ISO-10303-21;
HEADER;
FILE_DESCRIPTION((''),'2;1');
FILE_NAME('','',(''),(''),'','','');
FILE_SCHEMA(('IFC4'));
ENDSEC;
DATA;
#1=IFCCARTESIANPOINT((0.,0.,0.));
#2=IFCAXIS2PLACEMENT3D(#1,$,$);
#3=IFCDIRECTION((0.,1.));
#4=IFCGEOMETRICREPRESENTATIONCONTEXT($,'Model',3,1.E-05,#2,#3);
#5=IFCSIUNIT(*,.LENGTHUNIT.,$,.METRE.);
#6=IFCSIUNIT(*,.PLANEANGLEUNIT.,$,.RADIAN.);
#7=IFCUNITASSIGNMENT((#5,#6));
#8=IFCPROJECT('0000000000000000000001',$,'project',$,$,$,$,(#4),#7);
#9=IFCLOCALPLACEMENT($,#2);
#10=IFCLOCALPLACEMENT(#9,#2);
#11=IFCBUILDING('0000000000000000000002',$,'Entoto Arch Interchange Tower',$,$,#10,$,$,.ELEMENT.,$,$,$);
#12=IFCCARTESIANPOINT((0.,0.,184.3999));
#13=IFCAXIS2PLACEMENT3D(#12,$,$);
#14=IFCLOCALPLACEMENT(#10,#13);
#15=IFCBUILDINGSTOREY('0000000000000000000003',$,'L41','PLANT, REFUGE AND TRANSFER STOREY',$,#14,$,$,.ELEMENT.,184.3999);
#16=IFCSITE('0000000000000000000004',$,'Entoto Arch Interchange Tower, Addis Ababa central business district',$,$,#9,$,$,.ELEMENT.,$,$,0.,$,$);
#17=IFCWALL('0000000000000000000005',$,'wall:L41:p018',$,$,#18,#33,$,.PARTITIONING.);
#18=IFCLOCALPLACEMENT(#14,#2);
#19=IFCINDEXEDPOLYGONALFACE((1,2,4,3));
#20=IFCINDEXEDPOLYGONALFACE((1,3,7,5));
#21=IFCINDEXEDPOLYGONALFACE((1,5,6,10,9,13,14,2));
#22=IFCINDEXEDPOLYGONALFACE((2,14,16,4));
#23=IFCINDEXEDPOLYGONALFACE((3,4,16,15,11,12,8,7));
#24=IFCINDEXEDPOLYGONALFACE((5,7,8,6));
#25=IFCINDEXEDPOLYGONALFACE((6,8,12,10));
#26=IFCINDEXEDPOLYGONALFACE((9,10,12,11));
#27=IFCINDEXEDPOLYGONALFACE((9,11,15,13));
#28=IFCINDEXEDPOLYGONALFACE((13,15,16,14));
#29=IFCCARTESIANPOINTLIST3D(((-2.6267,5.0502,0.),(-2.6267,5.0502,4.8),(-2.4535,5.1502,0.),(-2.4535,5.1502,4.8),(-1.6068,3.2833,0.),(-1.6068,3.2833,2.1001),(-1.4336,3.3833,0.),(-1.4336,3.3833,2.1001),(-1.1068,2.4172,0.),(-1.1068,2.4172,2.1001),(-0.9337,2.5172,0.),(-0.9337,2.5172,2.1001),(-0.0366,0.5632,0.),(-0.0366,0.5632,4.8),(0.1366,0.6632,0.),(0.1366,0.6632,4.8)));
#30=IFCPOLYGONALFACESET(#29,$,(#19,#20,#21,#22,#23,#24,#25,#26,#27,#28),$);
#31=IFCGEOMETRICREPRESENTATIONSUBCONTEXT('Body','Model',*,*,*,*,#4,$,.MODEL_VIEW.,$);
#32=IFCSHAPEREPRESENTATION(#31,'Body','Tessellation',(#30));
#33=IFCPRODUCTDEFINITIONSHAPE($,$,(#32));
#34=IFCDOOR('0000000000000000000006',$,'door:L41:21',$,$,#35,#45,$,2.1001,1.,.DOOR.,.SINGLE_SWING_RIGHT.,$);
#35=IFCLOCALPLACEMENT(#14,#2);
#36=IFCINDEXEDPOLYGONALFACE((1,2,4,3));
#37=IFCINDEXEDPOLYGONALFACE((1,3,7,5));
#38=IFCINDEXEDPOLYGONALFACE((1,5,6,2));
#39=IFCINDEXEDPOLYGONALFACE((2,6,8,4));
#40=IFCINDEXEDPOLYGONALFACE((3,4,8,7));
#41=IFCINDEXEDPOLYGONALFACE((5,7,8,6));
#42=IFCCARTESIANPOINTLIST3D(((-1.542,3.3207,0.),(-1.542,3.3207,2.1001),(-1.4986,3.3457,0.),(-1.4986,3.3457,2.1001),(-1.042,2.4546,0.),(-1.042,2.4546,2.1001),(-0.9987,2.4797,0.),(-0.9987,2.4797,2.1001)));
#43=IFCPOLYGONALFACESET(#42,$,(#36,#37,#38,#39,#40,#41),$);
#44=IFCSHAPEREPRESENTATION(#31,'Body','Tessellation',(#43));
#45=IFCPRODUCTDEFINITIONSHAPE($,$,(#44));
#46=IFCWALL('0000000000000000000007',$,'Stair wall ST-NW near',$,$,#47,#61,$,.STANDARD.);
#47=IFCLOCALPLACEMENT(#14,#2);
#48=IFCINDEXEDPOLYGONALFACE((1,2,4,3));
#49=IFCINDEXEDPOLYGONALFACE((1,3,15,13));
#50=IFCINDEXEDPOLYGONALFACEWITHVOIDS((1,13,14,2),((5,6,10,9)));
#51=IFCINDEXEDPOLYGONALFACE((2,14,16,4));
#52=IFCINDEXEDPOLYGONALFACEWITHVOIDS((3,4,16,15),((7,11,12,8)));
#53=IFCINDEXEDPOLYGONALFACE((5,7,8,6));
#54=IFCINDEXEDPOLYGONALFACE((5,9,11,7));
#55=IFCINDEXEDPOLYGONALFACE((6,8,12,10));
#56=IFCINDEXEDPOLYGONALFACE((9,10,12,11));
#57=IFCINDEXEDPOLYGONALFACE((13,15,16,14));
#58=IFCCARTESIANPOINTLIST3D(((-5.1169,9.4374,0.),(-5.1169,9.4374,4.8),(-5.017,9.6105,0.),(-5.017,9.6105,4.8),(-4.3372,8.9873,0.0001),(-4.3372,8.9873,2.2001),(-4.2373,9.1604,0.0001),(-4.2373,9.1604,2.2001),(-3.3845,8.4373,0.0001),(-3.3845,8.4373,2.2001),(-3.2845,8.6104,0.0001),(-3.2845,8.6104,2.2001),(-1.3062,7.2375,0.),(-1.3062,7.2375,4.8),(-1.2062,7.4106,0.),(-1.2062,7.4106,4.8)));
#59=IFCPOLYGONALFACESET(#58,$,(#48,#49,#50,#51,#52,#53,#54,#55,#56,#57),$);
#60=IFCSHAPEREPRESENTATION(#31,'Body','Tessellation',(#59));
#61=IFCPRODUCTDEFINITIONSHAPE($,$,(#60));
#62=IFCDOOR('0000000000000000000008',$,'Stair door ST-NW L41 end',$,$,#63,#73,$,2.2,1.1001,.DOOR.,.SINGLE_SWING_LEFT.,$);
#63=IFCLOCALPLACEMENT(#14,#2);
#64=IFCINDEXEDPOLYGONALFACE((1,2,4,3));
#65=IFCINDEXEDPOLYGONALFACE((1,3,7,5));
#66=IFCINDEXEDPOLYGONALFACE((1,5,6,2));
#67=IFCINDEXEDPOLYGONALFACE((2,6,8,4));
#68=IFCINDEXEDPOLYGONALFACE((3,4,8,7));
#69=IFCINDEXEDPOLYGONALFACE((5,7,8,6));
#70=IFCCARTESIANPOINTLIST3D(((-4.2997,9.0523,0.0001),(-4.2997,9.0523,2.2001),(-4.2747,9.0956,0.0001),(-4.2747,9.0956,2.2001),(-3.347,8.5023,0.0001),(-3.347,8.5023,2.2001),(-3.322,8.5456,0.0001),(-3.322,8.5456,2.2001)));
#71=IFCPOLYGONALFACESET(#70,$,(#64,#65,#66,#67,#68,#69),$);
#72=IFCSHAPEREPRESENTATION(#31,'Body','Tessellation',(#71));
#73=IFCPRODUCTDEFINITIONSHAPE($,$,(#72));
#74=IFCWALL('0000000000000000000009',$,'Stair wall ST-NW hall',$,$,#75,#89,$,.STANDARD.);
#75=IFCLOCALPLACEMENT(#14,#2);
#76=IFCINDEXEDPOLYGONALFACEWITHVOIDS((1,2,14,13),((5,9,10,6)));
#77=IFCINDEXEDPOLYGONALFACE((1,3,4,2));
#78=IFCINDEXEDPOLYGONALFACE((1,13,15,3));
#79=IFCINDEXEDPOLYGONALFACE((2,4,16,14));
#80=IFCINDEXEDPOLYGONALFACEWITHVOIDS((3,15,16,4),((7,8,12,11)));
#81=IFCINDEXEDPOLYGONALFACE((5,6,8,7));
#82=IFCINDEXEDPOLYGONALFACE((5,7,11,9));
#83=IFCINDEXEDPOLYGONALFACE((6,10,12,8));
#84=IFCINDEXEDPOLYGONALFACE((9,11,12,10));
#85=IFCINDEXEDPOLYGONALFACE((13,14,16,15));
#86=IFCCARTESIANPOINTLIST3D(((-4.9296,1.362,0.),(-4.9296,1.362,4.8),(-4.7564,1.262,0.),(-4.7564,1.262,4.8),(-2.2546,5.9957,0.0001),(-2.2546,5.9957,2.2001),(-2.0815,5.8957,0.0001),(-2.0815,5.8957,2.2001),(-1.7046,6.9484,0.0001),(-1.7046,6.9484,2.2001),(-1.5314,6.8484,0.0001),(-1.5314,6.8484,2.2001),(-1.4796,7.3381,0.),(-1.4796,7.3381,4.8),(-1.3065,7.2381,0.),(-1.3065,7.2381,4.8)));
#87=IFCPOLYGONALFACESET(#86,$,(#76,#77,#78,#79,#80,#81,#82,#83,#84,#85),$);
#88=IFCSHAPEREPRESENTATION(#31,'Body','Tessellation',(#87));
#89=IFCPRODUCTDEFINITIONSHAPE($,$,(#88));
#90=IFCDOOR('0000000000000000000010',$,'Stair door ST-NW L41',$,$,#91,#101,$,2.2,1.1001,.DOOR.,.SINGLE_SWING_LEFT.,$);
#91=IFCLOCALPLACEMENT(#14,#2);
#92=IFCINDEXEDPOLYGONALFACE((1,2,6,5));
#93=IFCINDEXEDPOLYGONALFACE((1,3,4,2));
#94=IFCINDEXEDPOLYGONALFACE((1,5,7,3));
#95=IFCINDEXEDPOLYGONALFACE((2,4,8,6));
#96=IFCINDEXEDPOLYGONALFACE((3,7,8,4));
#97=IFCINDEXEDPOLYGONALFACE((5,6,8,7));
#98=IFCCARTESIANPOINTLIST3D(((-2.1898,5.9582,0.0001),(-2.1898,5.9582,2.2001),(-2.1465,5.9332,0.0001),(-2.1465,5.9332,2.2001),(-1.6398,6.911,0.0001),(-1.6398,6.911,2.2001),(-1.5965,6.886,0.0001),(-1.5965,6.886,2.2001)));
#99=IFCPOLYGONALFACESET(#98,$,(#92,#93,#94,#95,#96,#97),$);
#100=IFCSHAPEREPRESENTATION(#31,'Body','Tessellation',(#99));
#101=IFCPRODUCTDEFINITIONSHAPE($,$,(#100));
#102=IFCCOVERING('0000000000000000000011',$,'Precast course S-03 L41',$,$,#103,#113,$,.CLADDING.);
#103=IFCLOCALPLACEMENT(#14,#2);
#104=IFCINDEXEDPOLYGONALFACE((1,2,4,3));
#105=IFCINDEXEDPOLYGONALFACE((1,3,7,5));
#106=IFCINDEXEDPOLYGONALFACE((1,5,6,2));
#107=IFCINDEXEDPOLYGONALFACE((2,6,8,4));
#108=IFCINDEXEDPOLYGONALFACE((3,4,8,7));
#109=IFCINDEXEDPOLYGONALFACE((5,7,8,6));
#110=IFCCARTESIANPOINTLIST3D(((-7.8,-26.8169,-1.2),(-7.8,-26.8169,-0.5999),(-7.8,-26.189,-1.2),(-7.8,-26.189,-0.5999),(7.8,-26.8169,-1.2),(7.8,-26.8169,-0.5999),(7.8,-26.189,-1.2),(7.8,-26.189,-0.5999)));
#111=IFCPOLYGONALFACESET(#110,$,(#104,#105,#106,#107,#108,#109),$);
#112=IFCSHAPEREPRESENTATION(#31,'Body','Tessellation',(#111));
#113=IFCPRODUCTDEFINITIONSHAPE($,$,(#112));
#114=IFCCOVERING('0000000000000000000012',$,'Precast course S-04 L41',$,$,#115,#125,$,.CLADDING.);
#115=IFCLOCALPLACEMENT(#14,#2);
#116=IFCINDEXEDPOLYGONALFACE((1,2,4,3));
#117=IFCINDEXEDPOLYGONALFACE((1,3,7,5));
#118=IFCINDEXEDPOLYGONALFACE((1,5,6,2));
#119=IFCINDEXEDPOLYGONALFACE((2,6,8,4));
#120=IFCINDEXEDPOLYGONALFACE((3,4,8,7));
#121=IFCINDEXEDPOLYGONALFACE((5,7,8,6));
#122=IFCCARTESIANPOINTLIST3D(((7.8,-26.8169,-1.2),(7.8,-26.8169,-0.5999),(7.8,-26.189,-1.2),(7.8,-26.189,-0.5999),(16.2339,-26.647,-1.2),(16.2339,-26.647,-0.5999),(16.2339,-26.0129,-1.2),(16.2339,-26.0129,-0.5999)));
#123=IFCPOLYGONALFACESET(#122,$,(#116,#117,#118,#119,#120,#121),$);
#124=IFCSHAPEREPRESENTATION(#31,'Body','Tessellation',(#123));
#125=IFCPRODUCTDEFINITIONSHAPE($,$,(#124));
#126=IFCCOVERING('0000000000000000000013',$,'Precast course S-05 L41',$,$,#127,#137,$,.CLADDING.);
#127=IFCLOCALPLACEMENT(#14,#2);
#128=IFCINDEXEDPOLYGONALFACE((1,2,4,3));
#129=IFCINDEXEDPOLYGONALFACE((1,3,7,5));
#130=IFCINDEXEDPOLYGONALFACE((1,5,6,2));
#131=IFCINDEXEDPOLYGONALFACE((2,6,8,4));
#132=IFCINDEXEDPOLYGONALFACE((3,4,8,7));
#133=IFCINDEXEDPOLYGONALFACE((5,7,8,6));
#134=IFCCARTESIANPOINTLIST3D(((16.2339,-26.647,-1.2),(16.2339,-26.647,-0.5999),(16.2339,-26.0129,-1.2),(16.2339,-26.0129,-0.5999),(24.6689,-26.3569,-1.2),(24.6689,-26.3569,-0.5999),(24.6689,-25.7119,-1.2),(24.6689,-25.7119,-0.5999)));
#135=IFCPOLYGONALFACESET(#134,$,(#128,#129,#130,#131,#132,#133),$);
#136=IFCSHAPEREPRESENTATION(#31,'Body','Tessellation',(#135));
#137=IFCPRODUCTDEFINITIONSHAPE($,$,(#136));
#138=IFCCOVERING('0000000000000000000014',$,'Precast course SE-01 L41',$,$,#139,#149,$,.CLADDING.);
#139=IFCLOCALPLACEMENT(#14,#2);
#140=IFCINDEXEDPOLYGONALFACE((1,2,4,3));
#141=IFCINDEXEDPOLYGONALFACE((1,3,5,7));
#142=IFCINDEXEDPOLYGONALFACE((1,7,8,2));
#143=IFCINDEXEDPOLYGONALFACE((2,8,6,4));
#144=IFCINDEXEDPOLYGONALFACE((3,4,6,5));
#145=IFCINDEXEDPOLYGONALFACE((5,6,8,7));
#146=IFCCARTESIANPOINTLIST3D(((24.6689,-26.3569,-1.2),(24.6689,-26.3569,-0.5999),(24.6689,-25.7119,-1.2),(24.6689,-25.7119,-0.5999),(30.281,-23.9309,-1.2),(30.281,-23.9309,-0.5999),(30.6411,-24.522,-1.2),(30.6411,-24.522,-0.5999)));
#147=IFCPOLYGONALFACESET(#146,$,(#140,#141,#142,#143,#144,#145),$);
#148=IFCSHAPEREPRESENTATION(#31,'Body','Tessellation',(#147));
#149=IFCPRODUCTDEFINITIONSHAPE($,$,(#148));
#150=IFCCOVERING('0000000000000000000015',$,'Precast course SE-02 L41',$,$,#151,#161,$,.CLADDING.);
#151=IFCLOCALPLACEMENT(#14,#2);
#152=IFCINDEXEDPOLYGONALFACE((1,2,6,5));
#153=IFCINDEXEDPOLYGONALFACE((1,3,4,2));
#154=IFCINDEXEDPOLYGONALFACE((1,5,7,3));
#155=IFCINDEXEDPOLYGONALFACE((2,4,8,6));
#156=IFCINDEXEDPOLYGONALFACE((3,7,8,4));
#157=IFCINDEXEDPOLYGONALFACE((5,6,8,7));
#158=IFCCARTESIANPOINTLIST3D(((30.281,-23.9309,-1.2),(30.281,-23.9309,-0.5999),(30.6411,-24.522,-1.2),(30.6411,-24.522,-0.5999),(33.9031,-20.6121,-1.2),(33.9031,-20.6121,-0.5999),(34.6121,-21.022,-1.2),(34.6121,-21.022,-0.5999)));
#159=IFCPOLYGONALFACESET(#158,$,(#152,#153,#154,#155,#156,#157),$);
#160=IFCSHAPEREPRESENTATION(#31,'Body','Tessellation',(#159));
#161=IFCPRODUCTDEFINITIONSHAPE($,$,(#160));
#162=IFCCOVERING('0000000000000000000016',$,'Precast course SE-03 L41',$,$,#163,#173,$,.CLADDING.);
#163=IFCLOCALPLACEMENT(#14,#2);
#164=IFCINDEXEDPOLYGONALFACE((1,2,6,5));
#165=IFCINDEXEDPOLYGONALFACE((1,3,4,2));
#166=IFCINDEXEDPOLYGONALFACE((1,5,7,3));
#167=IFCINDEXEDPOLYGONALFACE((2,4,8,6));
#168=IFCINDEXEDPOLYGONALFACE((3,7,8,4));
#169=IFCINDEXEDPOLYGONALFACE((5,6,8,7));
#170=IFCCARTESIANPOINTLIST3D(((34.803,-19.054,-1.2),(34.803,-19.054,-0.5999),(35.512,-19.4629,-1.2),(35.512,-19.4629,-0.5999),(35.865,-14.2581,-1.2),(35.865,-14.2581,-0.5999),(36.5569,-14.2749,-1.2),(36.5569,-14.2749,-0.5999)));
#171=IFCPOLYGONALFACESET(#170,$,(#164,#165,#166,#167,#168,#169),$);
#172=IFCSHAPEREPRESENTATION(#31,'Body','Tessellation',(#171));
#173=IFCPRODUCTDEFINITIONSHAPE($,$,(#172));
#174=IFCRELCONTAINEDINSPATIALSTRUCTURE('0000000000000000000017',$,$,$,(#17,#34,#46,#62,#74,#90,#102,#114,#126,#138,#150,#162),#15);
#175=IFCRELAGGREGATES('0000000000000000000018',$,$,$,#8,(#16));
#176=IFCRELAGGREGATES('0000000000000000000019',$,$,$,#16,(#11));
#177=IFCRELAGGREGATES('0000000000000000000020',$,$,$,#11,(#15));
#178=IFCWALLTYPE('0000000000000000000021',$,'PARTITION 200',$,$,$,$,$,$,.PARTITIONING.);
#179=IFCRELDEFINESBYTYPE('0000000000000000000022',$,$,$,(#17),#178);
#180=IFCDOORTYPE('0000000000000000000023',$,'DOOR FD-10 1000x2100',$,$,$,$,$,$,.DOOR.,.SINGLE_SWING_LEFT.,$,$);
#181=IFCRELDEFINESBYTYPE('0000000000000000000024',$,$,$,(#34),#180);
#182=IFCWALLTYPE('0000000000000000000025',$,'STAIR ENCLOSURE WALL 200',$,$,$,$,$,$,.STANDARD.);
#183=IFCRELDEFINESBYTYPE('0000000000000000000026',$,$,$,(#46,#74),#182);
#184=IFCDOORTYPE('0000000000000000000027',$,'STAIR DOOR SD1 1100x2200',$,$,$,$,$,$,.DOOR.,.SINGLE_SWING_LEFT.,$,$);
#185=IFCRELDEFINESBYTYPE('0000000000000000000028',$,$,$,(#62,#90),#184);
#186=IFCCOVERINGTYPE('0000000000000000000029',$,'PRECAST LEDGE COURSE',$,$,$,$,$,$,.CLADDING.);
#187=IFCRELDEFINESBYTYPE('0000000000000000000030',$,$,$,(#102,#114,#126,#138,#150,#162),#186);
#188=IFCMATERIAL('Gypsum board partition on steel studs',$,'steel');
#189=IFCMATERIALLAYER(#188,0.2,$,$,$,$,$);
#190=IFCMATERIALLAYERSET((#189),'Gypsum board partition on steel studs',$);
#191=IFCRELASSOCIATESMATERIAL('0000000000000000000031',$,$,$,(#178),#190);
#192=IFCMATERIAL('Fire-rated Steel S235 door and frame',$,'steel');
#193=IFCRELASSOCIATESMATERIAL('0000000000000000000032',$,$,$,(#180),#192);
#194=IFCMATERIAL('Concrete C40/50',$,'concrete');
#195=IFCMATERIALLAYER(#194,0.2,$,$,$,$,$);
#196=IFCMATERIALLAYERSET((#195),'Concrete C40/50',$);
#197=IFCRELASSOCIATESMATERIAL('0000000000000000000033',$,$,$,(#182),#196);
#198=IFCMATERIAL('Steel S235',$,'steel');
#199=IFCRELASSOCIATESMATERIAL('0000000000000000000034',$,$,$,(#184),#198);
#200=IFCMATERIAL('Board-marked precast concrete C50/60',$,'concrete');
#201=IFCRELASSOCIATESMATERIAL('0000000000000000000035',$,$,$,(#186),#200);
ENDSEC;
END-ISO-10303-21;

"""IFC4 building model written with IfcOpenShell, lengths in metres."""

from ifc_helpers import new_model, si_unit, direction, frame, frame_2d, origin, place, context, subcontext, project, spatial, polyline, rectangle, outline, extrude, material, layer, layer_set, type_object, element, fill, save


model = new_model("IFC4")

# Units and contexts
model_context = context("Model", 3, precision=1e-05, world=origin(), true_north=direction((0.0, 1.0)))
body_context = subcontext(model_context, "Body", "Model", "MODEL_VIEW")
ifc_project = project(units=[si_unit("LENGTHUNIT", "METRE"), si_unit("PLANEANGLEUNIT", "RADIAN")], contexts=[model_context])

# Site, building, storey
site_placement = place(None, origin())
site = spatial("IfcSite", under=ifc_project, at=site_placement, Name="Entoto Arch Interchange Tower, Addis Ababa central business district", CompositionType="ELEMENT", RefElevation=0.0)
building_placement = place(site_placement, origin())
building = spatial("IfcBuilding", under=site, at=building_placement, Name="Entoto Arch Interchange Tower", CompositionType="ELEMENT")
storey_placement = place(building_placement, frame((0.0, 0.0, 184.3999)))
storey = spatial("IfcBuildingStorey", under=building, at=storey_placement, Name="L41", Description="PLANT, REFUGE AND TRANSFER STOREY", CompositionType="ELEMENT", Elevation=184.3999)

# Walls, openings, doors
ifc_material_1 = material(Name="Gypsum board partition on steel studs", Category="steel")
ifc_layer_1 = layer(ifc_material_1, 0.2)
ifc_layer_set_1 = layer_set([ifc_layer_1], Name="Gypsum board partition on steel studs")
wall_type_1 = type_object("IfcWallType", Name="PARTITION 200", PredefinedType="PARTITIONING", material=ifc_layer_set_1)
wall_1_placement = place(storey_placement, frame((-2.54, 5.1001, 0.0), z_axis=(0.0, 0.0, 1.0), x_axis=(0.499925, -0.866069, 0.0)))
wall_1 = element("IfcWall", 1, at=wall_1_placement, inside=storey, type_object=wall_type_1, Name="wall:L41:p018", PredefinedType="PARTITIONING", context=body_context, shape_type="SweptSolid", body=[
    extrude(rectangle(XDim=5.1809, YDim=0.2, at=frame_2d((2.5903, 0.0))), origin(), (0.0, 0.0, 1.0), 4.8),
])
opening_1_placement = place(wall_1_placement, frame((2.04, 0.0, 0.0)))
opening_1 = element("IfcOpeningElement", 2, at=opening_1_placement, cuts=wall_1, PredefinedType="OPENING", context=body_context, shape_type="SweptSolid", body=[
    extrude(rectangle(XDim=1.0, YDim=2.1001, at=frame_2d((0.5, 1.05))), frame((0.0, 0.1099, 0.0), z_axis=(0.0, -1.0, 0.0), x_axis=(1.0, 0.0, 0.0)), (0.0, 0.0, 1.0), 0.22),
])
ifc_material_2 = material(Name="Fire-rated Steel S235 door and frame", Category="steel")
door_type_1 = type_object("IfcDoorType", Name="DOOR FD-10 1000x2100", OperationType="SINGLE_SWING_LEFT", PredefinedType="DOOR", material=ifc_material_2)
door_1_placement = place(opening_1_placement, origin())
door_1 = element("IfcDoor", 3, at=door_1_placement, inside=storey, type_object=door_type_1, Name="door:L41:21", OperationType="SINGLE_SWING_RIGHT", OverallHeight=2.1001, OverallWidth=1.0, PredefinedType="DOOR", context=body_context, shape_type="SweptSolid", body=[
    extrude(rectangle(XDim=1.0, YDim=2.1001, at=frame_2d((0.5, 1.05))), frame((0.0, 0.0249, 0.0), z_axis=(0.0, -1.0, 0.0), x_axis=(1.0, 0.0, 0.0)), (0.0, 0.0, 1.0), 0.05),
])
fill(opening_1, door_1)
ifc_material_3 = material(Name="Concrete C40/50", Category="concrete")
ifc_layer_2 = layer(ifc_material_3, 0.2)
ifc_layer_set_2 = layer_set([ifc_layer_2], Name="Concrete C40/50")
wall_type_2 = type_object("IfcWallType", Name="STAIR ENCLOSURE WALL 200", PredefinedType="STANDARD", material=ifc_layer_set_2)
wall_2_placement = place(storey_placement, frame((-1.2561, 7.324, 0.0), z_axis=(0.0, 0.0, 1.0), x_axis=(-0.866046, 0.499964, 0.0)))
wall_2 = element("IfcWall", 4, at=wall_2_placement, inside=storey, type_object=wall_type_2, Name="Stair wall ST-NW near", PredefinedType="STANDARD", context=body_context, shape_type="SweptSolid", body=[
    extrude(rectangle(XDim=4.4001, YDim=0.2, at=frame_2d((2.2002, 0.0))), origin(), (0.0, 0.0, 1.0), 4.8),
])
opening_2_placement = place(wall_2_placement, frame((2.3999, 0.0, 0.0)))
opening_2 = element("IfcOpeningElement", 5, at=opening_2_placement, cuts=wall_2, PredefinedType="OPENING", context=body_context, shape_type="SweptSolid", body=[
    extrude(rectangle(XDim=1.1001, YDim=2.2, at=frame_2d((0.55, 1.1001))), frame((0.0, 0.1099, 0.0), z_axis=(0.0, -1.0, 0.0), x_axis=(1.0, 0.0, 0.0)), (0.0, 0.0, 1.0), 0.22),
])
ifc_material_4 = material(Name="Steel S235", Category="steel")
door_type_2 = type_object("IfcDoorType", Name="STAIR DOOR SD1 1100x2200", OperationType="SINGLE_SWING_LEFT", PredefinedType="DOOR", material=ifc_material_4)
door_2_placement = place(opening_2_placement, origin())
door_2 = element("IfcDoor", 6, at=door_2_placement, inside=storey, type_object=door_type_2, Name="Stair door ST-NW L41 end", OperationType="SINGLE_SWING_LEFT", OverallHeight=2.2, OverallWidth=1.1001, PredefinedType="DOOR", context=body_context, shape_type="SweptSolid", body=[
    extrude(rectangle(XDim=1.1001, YDim=2.2, at=frame_2d((0.55, 1.1001))), frame((0.0, 0.0249, 0.0), z_axis=(0.0, -1.0, 0.0), x_axis=(1.0, 0.0, 0.0)), (0.0, 0.0, 1.0), 0.05),
])
fill(opening_2, door_2)
wall_3_placement = place(storey_placement, frame((-1.3931, 7.2881, 0.0), z_axis=(0.0, 0.0, 1.0), x_axis=(-0.499963, -0.866047, 0.0)))
wall_3 = element("IfcWall", 7, at=wall_3_placement, inside=storey, type_object=wall_type_2, Name="Stair wall ST-NW hall", PredefinedType="STANDARD", context=body_context, shape_type="SweptSolid", body=[
    extrude(rectangle(XDim=6.9004, YDim=0.2, at=frame_2d((3.4502, 0.0))), origin(), (0.0, 0.0, 1.0), 4.8),
])
opening_3_placement = place(wall_3_placement, frame((0.45, 0.0, 0.0)))
opening_3 = element("IfcOpeningElement", 8, at=opening_3_placement, cuts=wall_3, PredefinedType="OPENING", context=body_context, shape_type="SweptSolid", body=[
    extrude(rectangle(XDim=1.1001, YDim=2.2, at=frame_2d((0.55, 1.1001))), frame((0.0, 0.1099, 0.0), z_axis=(0.0, -1.0, 0.0), x_axis=(1.0, 0.0, 0.0)), (0.0, 0.0, 1.0), 0.22),
])
door_3_placement = place(opening_3_placement, origin())
door_3 = element("IfcDoor", 9, at=door_3_placement, inside=storey, type_object=door_type_2, Name="Stair door ST-NW L41", OperationType="SINGLE_SWING_LEFT", OverallHeight=2.2, OverallWidth=1.1001, PredefinedType="DOOR", context=body_context, shape_type="SweptSolid", body=[
    extrude(rectangle(XDim=1.1001, YDim=2.2, at=frame_2d((0.55, 1.1001))), frame((0.0, 0.0249, 0.0), z_axis=(0.0, -1.0, 0.0), x_axis=(1.0, 0.0, 0.0)), (0.0, 0.0, 1.0), 0.05),
])
fill(opening_3, door_3)

# Coverings
ifc_material_5 = material(Name="Board-marked precast concrete C50/60", Category="concrete")
covering_type = type_object("IfcCoveringType", Name="PRECAST LEDGE COURSE", PredefinedType="CLADDING", material=ifc_material_5)
covering_1_placement = place(storey_placement, frame((0.0, 0.0, -1.2)))
element("IfcCovering", 10, at=covering_1_placement, inside=storey, type_object=covering_type, Name="Precast course S-03 L41", PredefinedType="CLADDING", context=body_context, shape_type="SweptSolid", body=[
    extrude(outline(polyline([(7.8, -26.189), (7.8, -26.8169), (-7.8, -26.8169), (-7.8, -26.189), (7.8, -26.189)])), origin(), (0.0, 0.0, 1.0), 0.6001),
])
covering_2_placement = place(storey_placement, frame((0.0, 0.0, -1.2)))
element("IfcCovering", 11, at=covering_2_placement, inside=storey, type_object=covering_type, Name="Precast course S-04 L41", PredefinedType="CLADDING", context=body_context, shape_type="SweptSolid", body=[
    extrude(outline(polyline([(16.2339, -26.0129), (16.2339, -26.647), (7.8, -26.8169), (7.8, -26.189), (16.2339, -26.0129)])), origin(), (0.0, 0.0, 1.0), 0.6001),
])
covering_3_placement = place(storey_placement, frame((0.0, 0.0, -1.2)))
element("IfcCovering", 12, at=covering_3_placement, inside=storey, type_object=covering_type, Name="Precast course S-05 L41", PredefinedType="CLADDING", context=body_context, shape_type="SweptSolid", body=[
    extrude(outline(polyline([(24.6689, -25.7119), (24.6689, -26.3569), (16.2339, -26.647), (16.2339, -26.0129), (24.6689, -25.7119)])), origin(), (0.0, 0.0, 1.0), 0.6001),
])
covering_4_placement = place(storey_placement, frame((0.0, 0.0, -1.2)))
element("IfcCovering", 13, at=covering_4_placement, inside=storey, type_object=covering_type, Name="Precast course SE-01 L41", PredefinedType="CLADDING", context=body_context, shape_type="SweptSolid", body=[
    extrude(outline(polyline([(30.281, -23.9309), (30.6411, -24.522), (24.6689, -26.3569), (24.6689, -25.7119), (30.281, -23.9309)])), origin(), (0.0, 0.0, 1.0), 0.6001),
])
covering_5_placement = place(storey_placement, frame((0.0, 0.0, -1.2)))
element("IfcCovering", 14, at=covering_5_placement, inside=storey, type_object=covering_type, Name="Precast course SE-02 L41", PredefinedType="CLADDING", context=body_context, shape_type="SweptSolid", body=[
    extrude(outline(polyline([(33.9031, -20.6121), (34.6121, -21.022), (30.6411, -24.522), (30.281, -23.9309), (33.9031, -20.6121)])), origin(), (0.0, 0.0, 1.0), 0.6001),
])
covering_6_placement = place(storey_placement, frame((0.0, 0.0, -1.2)))
element("IfcCovering", 15, at=covering_6_placement, inside=storey, type_object=covering_type, Name="Precast course SE-03 L41", PredefinedType="CLADDING", context=body_context, shape_type="SweptSolid", body=[
    extrude(outline(polyline([(35.865, -14.2581), (36.5569, -14.2749), (35.512, -19.4629), (34.803, -19.054), (35.865, -14.2581)])), origin(), (0.0, 0.0, 1.0), 0.6001),
])

save(model, "model.ifc")
